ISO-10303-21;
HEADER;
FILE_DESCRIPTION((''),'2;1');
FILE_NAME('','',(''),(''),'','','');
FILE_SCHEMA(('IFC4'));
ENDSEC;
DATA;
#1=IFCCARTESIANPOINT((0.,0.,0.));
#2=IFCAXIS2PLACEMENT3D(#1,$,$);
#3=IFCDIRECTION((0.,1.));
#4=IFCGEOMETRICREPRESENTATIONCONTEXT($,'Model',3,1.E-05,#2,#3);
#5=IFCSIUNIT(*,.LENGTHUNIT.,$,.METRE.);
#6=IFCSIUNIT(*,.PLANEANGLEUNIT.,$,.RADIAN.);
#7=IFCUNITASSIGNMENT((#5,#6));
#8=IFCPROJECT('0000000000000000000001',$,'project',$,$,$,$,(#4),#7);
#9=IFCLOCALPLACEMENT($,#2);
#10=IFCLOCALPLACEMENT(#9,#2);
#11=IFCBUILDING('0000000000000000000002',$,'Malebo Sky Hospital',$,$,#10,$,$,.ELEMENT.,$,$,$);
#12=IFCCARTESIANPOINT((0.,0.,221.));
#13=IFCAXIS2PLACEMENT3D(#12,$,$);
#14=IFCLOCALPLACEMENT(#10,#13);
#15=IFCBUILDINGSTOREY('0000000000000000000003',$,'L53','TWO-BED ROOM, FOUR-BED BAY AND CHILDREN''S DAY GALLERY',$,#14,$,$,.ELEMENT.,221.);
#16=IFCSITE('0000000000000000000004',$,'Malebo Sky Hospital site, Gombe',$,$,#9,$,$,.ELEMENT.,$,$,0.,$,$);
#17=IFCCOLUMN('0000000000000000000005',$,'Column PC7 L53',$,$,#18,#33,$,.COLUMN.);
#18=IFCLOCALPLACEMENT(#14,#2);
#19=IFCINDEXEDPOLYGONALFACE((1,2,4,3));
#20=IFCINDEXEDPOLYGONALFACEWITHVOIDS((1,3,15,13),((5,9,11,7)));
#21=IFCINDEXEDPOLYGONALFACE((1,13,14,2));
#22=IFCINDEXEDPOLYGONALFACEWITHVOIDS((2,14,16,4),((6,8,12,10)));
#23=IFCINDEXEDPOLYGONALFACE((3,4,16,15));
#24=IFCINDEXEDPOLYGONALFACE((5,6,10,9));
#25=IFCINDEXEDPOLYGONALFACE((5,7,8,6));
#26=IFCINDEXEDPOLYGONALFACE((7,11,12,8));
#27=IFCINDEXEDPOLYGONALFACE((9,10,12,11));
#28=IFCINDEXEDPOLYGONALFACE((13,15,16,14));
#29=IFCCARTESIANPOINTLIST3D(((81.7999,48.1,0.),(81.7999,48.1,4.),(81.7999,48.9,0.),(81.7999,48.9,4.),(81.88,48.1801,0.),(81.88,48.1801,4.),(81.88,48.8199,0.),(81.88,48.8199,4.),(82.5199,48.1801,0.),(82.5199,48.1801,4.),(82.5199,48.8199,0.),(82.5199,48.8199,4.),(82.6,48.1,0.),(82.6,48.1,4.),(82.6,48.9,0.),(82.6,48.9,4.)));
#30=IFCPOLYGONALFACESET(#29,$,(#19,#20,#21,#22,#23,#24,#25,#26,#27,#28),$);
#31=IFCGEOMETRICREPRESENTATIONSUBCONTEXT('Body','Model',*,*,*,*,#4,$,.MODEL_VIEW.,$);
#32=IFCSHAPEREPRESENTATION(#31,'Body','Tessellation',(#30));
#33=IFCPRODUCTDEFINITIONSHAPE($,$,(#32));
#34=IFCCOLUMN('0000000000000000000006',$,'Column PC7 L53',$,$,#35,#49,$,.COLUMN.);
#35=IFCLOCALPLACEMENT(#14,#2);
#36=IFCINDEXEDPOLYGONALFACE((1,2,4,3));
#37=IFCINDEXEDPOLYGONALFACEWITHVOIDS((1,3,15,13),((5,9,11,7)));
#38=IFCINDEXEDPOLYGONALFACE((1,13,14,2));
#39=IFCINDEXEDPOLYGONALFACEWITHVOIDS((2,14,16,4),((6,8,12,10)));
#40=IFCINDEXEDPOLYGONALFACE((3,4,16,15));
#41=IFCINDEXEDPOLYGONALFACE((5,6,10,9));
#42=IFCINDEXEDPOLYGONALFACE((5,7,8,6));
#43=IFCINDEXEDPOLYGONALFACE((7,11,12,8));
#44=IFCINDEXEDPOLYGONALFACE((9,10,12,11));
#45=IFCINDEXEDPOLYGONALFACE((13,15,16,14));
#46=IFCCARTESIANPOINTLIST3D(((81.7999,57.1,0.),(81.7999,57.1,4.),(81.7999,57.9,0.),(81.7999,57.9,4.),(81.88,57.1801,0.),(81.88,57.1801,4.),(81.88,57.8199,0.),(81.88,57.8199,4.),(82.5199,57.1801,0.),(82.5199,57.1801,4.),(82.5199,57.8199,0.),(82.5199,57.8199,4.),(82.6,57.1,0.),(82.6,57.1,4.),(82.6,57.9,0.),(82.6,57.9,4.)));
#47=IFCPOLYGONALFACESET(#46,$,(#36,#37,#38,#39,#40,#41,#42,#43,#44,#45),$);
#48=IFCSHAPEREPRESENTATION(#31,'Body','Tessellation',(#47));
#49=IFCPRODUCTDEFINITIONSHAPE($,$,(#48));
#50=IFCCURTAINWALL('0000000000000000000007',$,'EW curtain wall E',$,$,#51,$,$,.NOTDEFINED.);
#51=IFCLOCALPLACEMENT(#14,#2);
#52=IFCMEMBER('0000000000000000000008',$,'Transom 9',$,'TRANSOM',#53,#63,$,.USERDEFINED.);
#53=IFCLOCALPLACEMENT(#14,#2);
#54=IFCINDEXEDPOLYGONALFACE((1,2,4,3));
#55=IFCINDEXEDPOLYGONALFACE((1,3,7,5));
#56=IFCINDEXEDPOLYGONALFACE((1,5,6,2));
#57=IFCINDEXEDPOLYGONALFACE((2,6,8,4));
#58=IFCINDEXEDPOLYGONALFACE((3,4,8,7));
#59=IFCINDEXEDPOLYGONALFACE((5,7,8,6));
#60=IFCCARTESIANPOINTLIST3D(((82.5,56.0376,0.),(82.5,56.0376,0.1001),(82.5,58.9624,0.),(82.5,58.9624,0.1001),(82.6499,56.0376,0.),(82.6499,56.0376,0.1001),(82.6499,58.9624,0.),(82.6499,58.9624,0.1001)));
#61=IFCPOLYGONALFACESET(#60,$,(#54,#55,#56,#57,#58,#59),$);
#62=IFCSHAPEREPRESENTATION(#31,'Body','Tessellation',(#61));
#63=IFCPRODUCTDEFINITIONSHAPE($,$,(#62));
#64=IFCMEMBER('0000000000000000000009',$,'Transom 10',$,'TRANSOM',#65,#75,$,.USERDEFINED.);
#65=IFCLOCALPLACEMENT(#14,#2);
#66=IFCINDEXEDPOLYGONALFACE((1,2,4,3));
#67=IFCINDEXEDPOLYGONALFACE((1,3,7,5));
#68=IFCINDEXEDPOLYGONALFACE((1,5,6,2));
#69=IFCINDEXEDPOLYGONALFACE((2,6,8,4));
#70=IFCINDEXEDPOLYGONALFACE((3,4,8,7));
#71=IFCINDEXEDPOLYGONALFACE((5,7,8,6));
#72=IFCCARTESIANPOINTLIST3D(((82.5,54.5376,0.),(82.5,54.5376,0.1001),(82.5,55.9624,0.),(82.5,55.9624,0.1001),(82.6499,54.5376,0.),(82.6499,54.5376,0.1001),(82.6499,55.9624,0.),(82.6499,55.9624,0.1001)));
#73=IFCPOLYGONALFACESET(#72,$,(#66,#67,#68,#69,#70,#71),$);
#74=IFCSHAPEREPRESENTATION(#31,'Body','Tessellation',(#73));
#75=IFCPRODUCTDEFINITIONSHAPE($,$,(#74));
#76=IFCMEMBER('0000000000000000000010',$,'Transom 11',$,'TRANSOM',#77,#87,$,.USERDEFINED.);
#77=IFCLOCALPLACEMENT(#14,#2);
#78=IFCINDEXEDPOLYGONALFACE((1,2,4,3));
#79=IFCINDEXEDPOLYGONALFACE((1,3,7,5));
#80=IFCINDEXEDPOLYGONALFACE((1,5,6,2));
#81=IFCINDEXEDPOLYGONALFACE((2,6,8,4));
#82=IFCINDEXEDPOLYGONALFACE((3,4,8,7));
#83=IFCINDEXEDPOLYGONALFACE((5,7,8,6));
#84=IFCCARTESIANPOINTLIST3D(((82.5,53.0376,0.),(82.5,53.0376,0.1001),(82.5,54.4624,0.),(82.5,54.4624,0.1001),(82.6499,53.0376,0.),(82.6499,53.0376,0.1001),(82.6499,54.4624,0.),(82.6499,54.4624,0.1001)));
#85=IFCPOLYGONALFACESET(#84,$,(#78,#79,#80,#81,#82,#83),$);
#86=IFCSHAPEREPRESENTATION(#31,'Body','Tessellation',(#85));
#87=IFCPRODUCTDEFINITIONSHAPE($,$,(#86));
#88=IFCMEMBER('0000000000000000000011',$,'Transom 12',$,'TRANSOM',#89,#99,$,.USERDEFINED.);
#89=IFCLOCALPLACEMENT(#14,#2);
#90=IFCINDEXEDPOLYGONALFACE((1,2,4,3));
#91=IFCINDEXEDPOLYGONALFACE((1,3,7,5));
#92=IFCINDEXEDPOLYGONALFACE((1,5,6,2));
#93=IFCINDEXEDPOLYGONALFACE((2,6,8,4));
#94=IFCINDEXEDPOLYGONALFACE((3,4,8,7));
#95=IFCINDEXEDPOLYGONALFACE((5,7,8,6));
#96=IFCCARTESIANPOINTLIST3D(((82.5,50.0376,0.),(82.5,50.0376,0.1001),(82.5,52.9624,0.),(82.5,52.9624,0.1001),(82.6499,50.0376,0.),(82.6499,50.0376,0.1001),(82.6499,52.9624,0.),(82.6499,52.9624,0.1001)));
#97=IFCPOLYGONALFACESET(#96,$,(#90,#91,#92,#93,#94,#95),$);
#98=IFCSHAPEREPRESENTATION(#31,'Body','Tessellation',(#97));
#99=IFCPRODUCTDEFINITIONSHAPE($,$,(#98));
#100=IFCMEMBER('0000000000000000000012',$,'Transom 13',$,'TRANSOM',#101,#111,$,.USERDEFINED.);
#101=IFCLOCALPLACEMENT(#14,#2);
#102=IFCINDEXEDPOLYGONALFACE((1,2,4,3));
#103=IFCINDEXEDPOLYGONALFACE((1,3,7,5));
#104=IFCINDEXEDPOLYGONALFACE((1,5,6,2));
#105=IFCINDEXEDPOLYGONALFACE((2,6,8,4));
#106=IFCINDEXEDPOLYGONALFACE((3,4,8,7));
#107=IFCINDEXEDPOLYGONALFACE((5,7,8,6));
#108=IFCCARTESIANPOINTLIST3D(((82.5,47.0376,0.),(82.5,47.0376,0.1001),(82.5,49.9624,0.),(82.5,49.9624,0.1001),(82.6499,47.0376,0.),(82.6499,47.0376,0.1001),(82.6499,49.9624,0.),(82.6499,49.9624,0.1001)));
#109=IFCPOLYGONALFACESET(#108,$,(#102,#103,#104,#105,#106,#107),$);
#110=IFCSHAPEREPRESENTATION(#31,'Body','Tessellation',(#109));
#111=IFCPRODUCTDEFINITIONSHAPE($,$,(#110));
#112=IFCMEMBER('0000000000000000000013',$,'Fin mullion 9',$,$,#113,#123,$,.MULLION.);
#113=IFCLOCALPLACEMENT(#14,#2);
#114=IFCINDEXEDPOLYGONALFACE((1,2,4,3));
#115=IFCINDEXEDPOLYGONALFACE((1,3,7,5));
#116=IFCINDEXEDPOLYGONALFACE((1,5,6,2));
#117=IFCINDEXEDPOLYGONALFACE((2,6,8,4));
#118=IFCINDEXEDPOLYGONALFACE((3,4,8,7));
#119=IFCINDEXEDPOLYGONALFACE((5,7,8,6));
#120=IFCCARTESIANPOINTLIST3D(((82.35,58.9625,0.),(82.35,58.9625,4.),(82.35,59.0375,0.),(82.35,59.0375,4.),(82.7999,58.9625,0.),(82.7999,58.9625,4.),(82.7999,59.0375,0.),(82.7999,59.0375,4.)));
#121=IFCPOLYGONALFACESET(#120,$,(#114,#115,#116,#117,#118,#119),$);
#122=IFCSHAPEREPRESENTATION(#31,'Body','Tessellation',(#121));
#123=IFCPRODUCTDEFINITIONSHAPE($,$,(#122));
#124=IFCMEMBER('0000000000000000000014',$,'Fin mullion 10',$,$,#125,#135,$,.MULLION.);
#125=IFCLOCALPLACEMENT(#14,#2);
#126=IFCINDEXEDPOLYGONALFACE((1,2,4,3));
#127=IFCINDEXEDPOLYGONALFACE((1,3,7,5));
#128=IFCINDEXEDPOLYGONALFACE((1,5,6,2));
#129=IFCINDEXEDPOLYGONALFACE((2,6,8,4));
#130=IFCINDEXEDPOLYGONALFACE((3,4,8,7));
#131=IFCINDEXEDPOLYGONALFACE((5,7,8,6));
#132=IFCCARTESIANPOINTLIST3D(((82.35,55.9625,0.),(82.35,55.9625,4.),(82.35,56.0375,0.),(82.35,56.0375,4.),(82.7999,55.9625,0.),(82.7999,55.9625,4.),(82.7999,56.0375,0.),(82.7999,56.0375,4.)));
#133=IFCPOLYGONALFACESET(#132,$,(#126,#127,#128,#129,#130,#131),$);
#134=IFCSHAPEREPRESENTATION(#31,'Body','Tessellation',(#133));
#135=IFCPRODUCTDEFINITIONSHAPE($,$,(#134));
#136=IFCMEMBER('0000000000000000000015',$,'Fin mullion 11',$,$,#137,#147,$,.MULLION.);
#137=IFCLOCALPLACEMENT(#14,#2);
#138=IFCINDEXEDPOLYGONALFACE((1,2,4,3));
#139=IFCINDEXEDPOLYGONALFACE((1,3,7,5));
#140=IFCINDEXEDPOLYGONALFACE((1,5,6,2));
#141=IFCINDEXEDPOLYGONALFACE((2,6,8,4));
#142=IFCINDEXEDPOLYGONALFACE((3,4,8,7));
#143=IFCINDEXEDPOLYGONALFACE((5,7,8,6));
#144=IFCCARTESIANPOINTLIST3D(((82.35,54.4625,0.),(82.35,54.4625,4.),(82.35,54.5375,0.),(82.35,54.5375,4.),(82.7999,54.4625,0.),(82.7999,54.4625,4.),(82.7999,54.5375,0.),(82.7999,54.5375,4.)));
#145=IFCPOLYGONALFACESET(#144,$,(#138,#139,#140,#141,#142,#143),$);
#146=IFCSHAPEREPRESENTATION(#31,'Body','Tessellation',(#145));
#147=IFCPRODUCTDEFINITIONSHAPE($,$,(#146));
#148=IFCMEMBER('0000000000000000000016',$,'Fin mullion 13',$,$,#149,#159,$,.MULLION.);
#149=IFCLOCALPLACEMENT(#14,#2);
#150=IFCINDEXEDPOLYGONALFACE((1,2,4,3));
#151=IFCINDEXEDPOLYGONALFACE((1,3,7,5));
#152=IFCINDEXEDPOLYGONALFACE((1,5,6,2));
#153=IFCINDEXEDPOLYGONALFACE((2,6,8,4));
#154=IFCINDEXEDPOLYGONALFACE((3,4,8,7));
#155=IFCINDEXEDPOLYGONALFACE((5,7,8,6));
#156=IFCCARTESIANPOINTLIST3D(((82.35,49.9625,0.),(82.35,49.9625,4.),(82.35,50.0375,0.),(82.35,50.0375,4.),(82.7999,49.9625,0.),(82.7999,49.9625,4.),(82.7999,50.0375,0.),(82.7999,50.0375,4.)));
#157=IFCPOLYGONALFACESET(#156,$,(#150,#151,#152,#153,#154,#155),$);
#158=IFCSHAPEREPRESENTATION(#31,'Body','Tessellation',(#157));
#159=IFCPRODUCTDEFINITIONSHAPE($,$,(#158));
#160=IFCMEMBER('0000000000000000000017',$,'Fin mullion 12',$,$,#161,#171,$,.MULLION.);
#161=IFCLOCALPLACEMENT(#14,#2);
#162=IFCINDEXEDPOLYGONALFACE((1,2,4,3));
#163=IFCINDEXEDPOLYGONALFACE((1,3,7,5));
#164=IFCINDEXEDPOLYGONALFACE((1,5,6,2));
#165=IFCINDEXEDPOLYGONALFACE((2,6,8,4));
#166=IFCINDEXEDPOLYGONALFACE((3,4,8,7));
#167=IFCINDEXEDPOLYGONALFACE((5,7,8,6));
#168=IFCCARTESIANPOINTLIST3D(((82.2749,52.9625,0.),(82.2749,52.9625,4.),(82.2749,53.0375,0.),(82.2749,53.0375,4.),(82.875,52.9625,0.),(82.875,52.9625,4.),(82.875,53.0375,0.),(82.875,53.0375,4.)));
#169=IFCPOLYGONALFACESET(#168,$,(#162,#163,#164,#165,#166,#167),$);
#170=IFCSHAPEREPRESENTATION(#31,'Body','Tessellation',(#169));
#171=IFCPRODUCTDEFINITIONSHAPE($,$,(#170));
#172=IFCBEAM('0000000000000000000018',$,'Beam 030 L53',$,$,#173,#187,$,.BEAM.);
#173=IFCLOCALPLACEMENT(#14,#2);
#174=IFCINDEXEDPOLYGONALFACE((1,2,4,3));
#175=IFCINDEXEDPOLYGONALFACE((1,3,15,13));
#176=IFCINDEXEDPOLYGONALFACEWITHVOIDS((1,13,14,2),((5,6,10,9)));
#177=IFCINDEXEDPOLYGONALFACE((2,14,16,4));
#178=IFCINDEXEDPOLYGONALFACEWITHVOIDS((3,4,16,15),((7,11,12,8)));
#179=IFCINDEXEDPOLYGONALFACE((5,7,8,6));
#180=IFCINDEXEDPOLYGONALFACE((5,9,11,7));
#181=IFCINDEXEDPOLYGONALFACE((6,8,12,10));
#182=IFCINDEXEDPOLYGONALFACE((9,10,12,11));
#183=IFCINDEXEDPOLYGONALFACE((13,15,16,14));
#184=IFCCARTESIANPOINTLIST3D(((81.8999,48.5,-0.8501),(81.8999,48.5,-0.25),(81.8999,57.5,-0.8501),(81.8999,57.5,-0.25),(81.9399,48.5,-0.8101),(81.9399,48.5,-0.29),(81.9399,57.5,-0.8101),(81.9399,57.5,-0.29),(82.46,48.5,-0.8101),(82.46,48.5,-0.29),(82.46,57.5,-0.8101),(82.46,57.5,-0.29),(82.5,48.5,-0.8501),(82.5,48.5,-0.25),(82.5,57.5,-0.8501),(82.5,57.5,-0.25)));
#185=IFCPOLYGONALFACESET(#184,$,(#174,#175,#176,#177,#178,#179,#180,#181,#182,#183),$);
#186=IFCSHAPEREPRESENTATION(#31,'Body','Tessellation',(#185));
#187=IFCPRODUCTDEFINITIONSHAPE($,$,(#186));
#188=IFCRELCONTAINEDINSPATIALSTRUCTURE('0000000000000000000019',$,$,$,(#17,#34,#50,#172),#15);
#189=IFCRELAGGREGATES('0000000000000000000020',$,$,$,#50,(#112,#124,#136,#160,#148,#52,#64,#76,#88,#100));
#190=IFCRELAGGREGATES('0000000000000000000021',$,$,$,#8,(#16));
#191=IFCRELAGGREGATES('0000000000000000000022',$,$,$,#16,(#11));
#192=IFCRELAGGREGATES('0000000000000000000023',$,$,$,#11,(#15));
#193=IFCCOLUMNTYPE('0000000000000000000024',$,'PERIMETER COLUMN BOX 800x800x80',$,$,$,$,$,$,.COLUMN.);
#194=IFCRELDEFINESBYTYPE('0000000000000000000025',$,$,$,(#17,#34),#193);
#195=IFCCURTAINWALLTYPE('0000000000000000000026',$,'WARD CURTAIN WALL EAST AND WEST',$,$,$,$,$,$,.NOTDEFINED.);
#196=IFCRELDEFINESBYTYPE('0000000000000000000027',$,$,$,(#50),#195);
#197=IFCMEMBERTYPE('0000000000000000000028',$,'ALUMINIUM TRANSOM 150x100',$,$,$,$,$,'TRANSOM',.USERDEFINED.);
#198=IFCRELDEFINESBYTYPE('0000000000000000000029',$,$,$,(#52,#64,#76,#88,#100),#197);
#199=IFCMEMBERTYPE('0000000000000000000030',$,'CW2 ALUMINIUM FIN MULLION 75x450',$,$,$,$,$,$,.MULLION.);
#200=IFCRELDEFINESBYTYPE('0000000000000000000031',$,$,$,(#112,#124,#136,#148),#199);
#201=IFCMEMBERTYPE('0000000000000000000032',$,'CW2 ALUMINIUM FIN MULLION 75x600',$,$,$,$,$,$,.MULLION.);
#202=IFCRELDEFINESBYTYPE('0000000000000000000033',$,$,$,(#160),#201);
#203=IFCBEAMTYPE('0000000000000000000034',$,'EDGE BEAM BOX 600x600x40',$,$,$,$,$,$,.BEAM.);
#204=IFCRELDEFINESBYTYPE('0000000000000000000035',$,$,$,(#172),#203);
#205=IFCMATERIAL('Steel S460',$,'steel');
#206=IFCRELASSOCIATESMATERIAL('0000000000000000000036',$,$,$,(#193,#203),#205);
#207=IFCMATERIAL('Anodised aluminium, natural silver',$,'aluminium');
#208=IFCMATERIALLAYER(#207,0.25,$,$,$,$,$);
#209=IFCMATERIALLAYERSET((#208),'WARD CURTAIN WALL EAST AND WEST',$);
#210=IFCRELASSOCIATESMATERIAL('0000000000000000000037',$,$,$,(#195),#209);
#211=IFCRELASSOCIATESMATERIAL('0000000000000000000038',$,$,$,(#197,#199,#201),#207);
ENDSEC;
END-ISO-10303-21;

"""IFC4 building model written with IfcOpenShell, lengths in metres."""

from ifc_helpers import new_model, si_unit, direction, frame, origin, origin_2d, place, context, subcontext, project, spatial, rectangle, hollow_rectangle, extrude, material, layer, layer_set, material_profile, profile_set, type_object, element, aggregate, save


model = new_model("IFC4")

# Units and contexts
model_context = context("Model", 3, precision=1e-05, world=origin(), true_north=direction((0.0, 1.0)))
body_context = subcontext(model_context, "Body", "Model", "MODEL_VIEW")
ifc_project = project(units=[si_unit("LENGTHUNIT", "METRE"), si_unit("PLANEANGLEUNIT", "RADIAN")], contexts=[model_context])

# Site, building, storey
site_placement = place(None, origin())
site = spatial("IfcSite", under=ifc_project, at=site_placement, Name="Malebo Sky Hospital site, Gombe", CompositionType="ELEMENT", RefElevation=0.0)
building_placement = place(site_placement, origin())
building = spatial("IfcBuilding", under=site, at=building_placement, Name="Malebo Sky Hospital", CompositionType="ELEMENT")
storey_placement = place(building_placement, frame((0.0, 0.0, 221.0)))
storey = spatial("IfcBuildingStorey", under=building, at=storey_placement, Name="L53", Description="TWO-BED ROOM, FOUR-BED BAY AND CHILDREN'S DAY GALLERY", CompositionType="ELEMENT", Elevation=221.0)

# Columns
ifc_material_1 = material(Name="Steel S460", Category="steel")
ifc_material_profile_1 = material_profile(ifc_material_1, hollow_rectangle(XDim=0.8, YDim=0.8, WallThickness=0.0801, at=origin_2d()), Name="BOX 800x800x80")
ifc_profile_set_1 = profile_set([ifc_material_profile_1], Name="Steel S460")
column_type = type_object("IfcColumnType", Name="PERIMETER COLUMN BOX 800x800x80", PredefinedType="COLUMN", material=ifc_profile_set_1)
for number, where, z_axis, x_axis, name in (
    (1, (82.2, 48.5, 0.0), (0.0, 0.0, 1.0), (1.0, 0.0, 0.0), "Column PC7 L53"),
    (2, (82.2, 57.5, 0.0), (0.0, 0.0, 1.0), (1.0, 0.0, 0.0), "Column PC7 L53"),
):
    element("IfcColumn", number, at=place(storey_placement, frame(where, z_axis=z_axis, x_axis=x_axis)), inside=storey, type_object=column_type, Name=name, PredefinedType="COLUMN", context=body_context, shape_type="SweptSolid", body=[
        extrude(hollow_rectangle(XDim=0.8, YDim=0.8, WallThickness=0.0801, at=origin_2d()), origin(), (0.0, 0.0, 1.0), 4.0),
    ])

# Curtain wall, members
ifc_material_2 = material(Name="Anodised aluminium, natural silver", Category="aluminium")
ifc_layer_1 = layer(ifc_material_2, 0.25)
ifc_layer_set_1 = layer_set([ifc_layer_1], Name="WARD CURTAIN WALL EAST AND WEST")
curtain_wall_type = type_object("IfcCurtainWallType", Name="WARD CURTAIN WALL EAST AND WEST", PredefinedType="NOTDEFINED", material=ifc_layer_set_1)
curtain_wall_placement = place(storey_placement, origin())
curtain_wall = element("IfcCurtainWall", 3, at=curtain_wall_placement, inside=storey, type_object=curtain_wall_type, Name="EW curtain wall E", PredefinedType="NOTDEFINED")
ifc_material_profile_2 = material_profile(ifc_material_2, rectangle(XDim=0.1499, YDim=0.1001, at=origin_2d()), Name="ALUMINIUM TRANSOM 150x100")
ifc_profile_set_2 = profile_set([ifc_material_profile_2], Name="Anodised aluminium, natural silver")
member_type_1 = type_object("IfcMemberType", Name="ALUMINIUM TRANSOM 150x100", ElementType="TRANSOM", PredefinedType="USERDEFINED", material=ifc_profile_set_2)
member_1_placement = place(storey_placement, frame((82.575, 58.9624, 0.05), z_axis=(0.0, -1.0, 0.0), x_axis=(1.0, 0.0, 0.0)))
member_1 = element("IfcMember", 4, at=member_1_placement, type_object=member_type_1, Name="Transom 9", ObjectType="TRANSOM", PredefinedType="USERDEFINED", context=body_context, shape_type="SweptSolid", body=[
    extrude(rectangle(XDim=0.1499, YDim=0.1001, at=origin_2d()), origin(), (0.0, 0.0, 1.0), 2.9248),
])
member_2_placement = place(storey_placement, frame((82.575, 55.9624, 0.05), z_axis=(0.0, -1.0, 0.0), x_axis=(1.0, 0.0, 0.0)))
member_2 = element("IfcMember", 5, at=member_2_placement, type_object=member_type_1, Name="Transom 10", ObjectType="TRANSOM", PredefinedType="USERDEFINED", context=body_context, shape_type="SweptSolid", body=[
    extrude(rectangle(XDim=0.1499, YDim=0.1001, at=origin_2d()), origin(), (0.0, 0.0, 1.0), 1.4248),
])
member_3_placement = place(storey_placement, frame((82.575, 54.4624, 0.05), z_axis=(0.0, -1.0, 0.0), x_axis=(1.0, 0.0, 0.0)))
member_3 = element("IfcMember", 6, at=member_3_placement, type_object=member_type_1, Name="Transom 11", ObjectType="TRANSOM", PredefinedType="USERDEFINED", context=body_context, shape_type="SweptSolid", body=[
    extrude(rectangle(XDim=0.1499, YDim=0.1001, at=origin_2d()), origin(), (0.0, 0.0, 1.0), 1.4248),
])
member_4_placement = place(storey_placement, frame((82.575, 52.9624, 0.05), z_axis=(0.0, -1.0, 0.0), x_axis=(1.0, 0.0, 0.0)))
member_4 = element("IfcMember", 7, at=member_4_placement, type_object=member_type_1, Name="Transom 12", ObjectType="TRANSOM", PredefinedType="USERDEFINED", context=body_context, shape_type="SweptSolid", body=[
    extrude(rectangle(XDim=0.1499, YDim=0.1001, at=origin_2d()), origin(), (0.0, 0.0, 1.0), 2.9248),
])
member_5_placement = place(storey_placement, frame((82.575, 49.9624, 0.05), z_axis=(0.0, -1.0, 0.0), x_axis=(1.0, 0.0, 0.0)))
member_5 = element("IfcMember", 8, at=member_5_placement, type_object=member_type_1, Name="Transom 13", ObjectType="TRANSOM", PredefinedType="USERDEFINED", context=body_context, shape_type="SweptSolid", body=[
    extrude(rectangle(XDim=0.1499, YDim=0.1001, at=origin_2d()), origin(), (0.0, 0.0, 1.0), 2.9248),
])
ifc_material_profile_3 = material_profile(ifc_material_2, rectangle(XDim=0.075, YDim=0.45, at=origin_2d()), Name="CW2 ALUMINIUM FIN MULLION 75x450")
ifc_profile_set_3 = profile_set([ifc_material_profile_3], Name="Anodised aluminium, natural silver")
member_type_2 = type_object("IfcMemberType", Name="CW2 ALUMINIUM FIN MULLION 75x450", PredefinedType="MULLION", material=ifc_profile_set_3)
member_6_placement = place(storey_placement, frame((82.575, 59.0, 0.0), z_axis=(0.0, 0.0, 1.0), x_axis=(0.0, -1.0, 0.0)))
member_6 = element("IfcMember", 9, at=member_6_placement, type_object=member_type_2, Name="Fin mullion 9", PredefinedType="MULLION", context=body_context, shape_type="SweptSolid", body=[
    extrude(rectangle(XDim=0.075, YDim=0.45, at=origin_2d()), origin(), (0.0, 0.0, 1.0), 4.0),
])
member_7_placement = place(storey_placement, frame((82.575, 56.0, 0.0), z_axis=(0.0, 0.0, 1.0), x_axis=(0.0, -1.0, 0.0)))
member_7 = element("IfcMember", 10, at=member_7_placement, type_object=member_type_2, Name="Fin mullion 10", PredefinedType="MULLION", context=body_context, shape_type="SweptSolid", body=[
    extrude(rectangle(XDim=0.075, YDim=0.45, at=origin_2d()), origin(), (0.0, 0.0, 1.0), 4.0),
])
member_8_placement = place(storey_placement, frame((82.575, 54.5, 0.0), z_axis=(0.0, 0.0, 1.0), x_axis=(0.0, -1.0, 0.0)))
member_8 = element("IfcMember", 11, at=member_8_placement, type_object=member_type_2, Name="Fin mullion 11", PredefinedType="MULLION", context=body_context, shape_type="SweptSolid", body=[
    extrude(rectangle(XDim=0.075, YDim=0.45, at=origin_2d()), origin(), (0.0, 0.0, 1.0), 4.0),
])
member_9_placement = place(storey_placement, frame((82.575, 50.0, 0.0), z_axis=(0.0, 0.0, 1.0), x_axis=(0.0, -1.0, 0.0)))
member_9 = element("IfcMember", 12, at=member_9_placement, type_object=member_type_2, Name="Fin mullion 13", PredefinedType="MULLION", context=body_context, shape_type="SweptSolid", body=[
    extrude(rectangle(XDim=0.075, YDim=0.45, at=origin_2d()), origin(), (0.0, 0.0, 1.0), 4.0),
])
ifc_material_profile_4 = material_profile(ifc_material_2, rectangle(XDim=0.075, YDim=0.6001, at=origin_2d()), Name="CW2 ALUMINIUM FIN MULLION 75x600")
ifc_profile_set_4 = profile_set([ifc_material_profile_4], Name="Anodised aluminium, natural silver")
member_type_3 = type_object("IfcMemberType", Name="CW2 ALUMINIUM FIN MULLION 75x600", PredefinedType="MULLION", material=ifc_profile_set_4)
member_10_placement = place(storey_placement, frame((82.575, 53.0, 0.0), z_axis=(0.0, 0.0, 1.0), x_axis=(0.0, -1.0, 0.0)))
member_10 = element("IfcMember", 13, at=member_10_placement, type_object=member_type_3, Name="Fin mullion 12", PredefinedType="MULLION", context=body_context, shape_type="SweptSolid", body=[
    extrude(rectangle(XDim=0.075, YDim=0.6001, at=origin_2d()), origin(), (0.0, 0.0, 1.0), 4.0),
])

# Beam
ifc_material_profile_5 = material_profile(ifc_material_1, hollow_rectangle(XDim=0.6001, YDim=0.6001, WallThickness=0.04, at=origin_2d()), Name="BOX 600x600x40")
ifc_profile_set_5 = profile_set([ifc_material_profile_5], Name="Steel S460")
beam_type_1 = type_object("IfcBeamType", Name="EDGE BEAM BOX 600x600x40", PredefinedType="BEAM", material=ifc_profile_set_5)
for number, where, z_axis, x_axis, name in (
    (14, (82.2, 48.5, -0.55), (0.0, 1.0, 0.0), (-1.0, 0.0, 0.0), "Beam 030 L53"),
):
    element("IfcBeam", number, at=place(storey_placement, frame(where, z_axis=z_axis, x_axis=x_axis)), inside=storey, type_object=beam_type_1, Name=name, PredefinedType="BEAM", context=body_context, shape_type="SweptSolid", body=[
        extrude(hollow_rectangle(XDim=0.6001, YDim=0.6001, WallThickness=0.04, at=origin_2d()), origin(), (0.0, 0.0, 1.0), 9.0),
    ])

aggregate(curtain_wall, [member_6, member_7, member_8, member_10, member_9, member_1, member_2, member_3, member_4, member_5])

save(model, "model.ifc")
